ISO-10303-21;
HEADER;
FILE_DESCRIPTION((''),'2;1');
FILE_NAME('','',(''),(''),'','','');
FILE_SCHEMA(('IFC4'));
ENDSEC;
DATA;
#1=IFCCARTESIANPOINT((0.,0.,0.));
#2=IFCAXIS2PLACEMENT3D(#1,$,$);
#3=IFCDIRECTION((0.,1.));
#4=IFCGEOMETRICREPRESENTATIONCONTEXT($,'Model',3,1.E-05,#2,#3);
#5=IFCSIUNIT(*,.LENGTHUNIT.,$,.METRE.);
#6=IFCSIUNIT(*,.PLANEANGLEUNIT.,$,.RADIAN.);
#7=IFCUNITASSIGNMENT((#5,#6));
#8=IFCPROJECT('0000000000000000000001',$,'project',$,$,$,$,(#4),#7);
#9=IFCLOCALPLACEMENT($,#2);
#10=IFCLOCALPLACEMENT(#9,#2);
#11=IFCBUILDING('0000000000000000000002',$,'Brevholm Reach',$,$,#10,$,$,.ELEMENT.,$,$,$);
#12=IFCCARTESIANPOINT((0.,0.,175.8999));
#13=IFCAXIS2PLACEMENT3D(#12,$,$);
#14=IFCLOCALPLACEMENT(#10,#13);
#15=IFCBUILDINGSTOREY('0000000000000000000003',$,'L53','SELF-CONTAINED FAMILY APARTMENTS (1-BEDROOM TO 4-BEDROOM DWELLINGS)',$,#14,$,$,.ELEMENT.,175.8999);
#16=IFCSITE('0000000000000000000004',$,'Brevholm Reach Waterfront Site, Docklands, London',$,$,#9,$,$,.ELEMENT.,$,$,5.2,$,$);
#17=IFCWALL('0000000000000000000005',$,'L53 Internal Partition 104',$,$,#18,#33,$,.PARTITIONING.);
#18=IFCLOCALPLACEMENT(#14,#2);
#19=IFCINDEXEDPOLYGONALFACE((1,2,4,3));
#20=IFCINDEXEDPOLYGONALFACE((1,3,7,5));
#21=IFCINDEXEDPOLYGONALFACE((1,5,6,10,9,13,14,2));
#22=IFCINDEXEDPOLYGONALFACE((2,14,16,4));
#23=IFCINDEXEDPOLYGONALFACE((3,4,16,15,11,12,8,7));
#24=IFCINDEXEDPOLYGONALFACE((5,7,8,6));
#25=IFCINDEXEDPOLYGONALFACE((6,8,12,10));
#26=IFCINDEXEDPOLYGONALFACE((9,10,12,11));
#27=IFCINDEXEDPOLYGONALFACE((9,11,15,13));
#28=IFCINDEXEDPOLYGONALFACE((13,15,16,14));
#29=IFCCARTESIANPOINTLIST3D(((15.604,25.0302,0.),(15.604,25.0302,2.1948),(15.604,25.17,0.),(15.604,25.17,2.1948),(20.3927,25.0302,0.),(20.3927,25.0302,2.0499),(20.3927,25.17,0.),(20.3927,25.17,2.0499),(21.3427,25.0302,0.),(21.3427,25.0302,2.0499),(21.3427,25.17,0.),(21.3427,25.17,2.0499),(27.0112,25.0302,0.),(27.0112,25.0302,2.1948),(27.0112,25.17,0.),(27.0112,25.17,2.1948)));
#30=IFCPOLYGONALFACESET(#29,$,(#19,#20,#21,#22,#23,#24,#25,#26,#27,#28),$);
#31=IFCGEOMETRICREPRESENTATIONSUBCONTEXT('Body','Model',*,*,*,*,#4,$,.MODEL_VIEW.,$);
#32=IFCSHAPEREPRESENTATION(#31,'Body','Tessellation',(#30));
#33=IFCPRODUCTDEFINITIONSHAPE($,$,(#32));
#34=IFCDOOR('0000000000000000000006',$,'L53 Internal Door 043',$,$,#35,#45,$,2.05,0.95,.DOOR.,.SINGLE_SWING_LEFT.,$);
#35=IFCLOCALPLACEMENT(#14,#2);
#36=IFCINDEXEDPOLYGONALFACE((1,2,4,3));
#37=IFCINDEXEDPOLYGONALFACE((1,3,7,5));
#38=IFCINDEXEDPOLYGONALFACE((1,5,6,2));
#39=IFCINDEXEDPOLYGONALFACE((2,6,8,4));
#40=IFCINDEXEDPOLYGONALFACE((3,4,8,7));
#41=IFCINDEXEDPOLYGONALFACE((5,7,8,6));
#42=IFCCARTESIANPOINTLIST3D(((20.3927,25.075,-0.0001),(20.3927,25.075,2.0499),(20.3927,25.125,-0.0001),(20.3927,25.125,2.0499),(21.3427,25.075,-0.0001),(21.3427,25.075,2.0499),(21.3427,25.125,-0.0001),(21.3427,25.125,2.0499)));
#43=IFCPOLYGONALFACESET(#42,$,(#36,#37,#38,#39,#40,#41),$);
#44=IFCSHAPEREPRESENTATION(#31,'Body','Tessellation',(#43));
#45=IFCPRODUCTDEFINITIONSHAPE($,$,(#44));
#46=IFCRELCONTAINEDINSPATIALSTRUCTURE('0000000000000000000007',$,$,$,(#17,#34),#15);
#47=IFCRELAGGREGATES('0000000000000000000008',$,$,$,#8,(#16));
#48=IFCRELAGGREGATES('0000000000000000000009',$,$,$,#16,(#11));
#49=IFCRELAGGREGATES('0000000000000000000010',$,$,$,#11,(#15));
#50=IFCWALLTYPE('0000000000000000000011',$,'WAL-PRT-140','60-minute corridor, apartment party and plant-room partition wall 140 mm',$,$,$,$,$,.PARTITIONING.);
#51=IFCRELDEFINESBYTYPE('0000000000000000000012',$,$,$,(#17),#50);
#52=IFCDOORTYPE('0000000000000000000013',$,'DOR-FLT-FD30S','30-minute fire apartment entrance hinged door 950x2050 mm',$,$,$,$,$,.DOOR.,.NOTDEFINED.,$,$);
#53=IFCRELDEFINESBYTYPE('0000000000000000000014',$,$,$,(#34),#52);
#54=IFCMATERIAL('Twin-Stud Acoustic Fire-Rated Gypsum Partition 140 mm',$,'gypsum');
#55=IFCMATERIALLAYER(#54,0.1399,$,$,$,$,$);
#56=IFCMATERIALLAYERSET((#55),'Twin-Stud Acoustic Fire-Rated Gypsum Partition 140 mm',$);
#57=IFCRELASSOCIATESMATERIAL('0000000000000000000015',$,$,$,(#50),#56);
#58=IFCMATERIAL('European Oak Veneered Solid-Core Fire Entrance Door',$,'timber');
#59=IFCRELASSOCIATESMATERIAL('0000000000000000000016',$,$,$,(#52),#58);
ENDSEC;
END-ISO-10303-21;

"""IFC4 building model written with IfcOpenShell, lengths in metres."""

from ifc_helpers import new_model, si_unit, direction, frame, frame_2d, origin, place, context, subcontext, project, spatial, rectangle, extrude, material, layer, layer_set, type_object, element, fill, save


model = new_model("IFC4")

# Units and contexts
model_context = context("Model", 3, precision=1e-05, world=origin(), true_north=direction((0.0, 1.0)))
body_context = subcontext(model_context, "Body", "Model", "MODEL_VIEW")
ifc_project = project(units=[si_unit("LENGTHUNIT", "METRE"), si_unit("PLANEANGLEUNIT", "RADIAN")], contexts=[model_context])

# Site, building, storey
site_placement = place(None, origin())
site = spatial("IfcSite", under=ifc_project, at=site_placement, Name="Brevholm Reach Waterfront Site, Docklands, London", CompositionType="ELEMENT", RefElevation=5.2)
building_placement = place(site_placement, origin())
building = spatial("IfcBuilding", under=site, at=building_placement, Name="Brevholm Reach", CompositionType="ELEMENT")
storey_placement = place(building_placement, frame((0.0, 0.0, 175.8999)))
storey = spatial("IfcBuildingStorey", under=building, at=storey_placement, Name="L53", Description="SELF-CONTAINED FAMILY APARTMENTS (1-BEDROOM TO 4-BEDROOM DWELLINGS)", CompositionType="ELEMENT", Elevation=175.8999)

# Shared definitions
ifc_material_1 = material(Name="Twin-Stud Acoustic Fire-Rated Gypsum Partition 140 mm", Category="gypsum")
ifc_layer_1 = layer(ifc_material_1, 0.1399)
ifc_layer_set_1 = layer_set([ifc_layer_1], Name="Twin-Stud Acoustic Fire-Rated Gypsum Partition 140 mm")
wall_type_1 = type_object("IfcWallType", Name="WAL-PRT-140", Description="60-minute corridor, apartment party and plant-room partition wall 140 mm", PredefinedType="PARTITIONING", material=ifc_layer_set_1)

# Shared definitions
ifc_material_2 = material(Name="European Oak Veneered Solid-Core Fire Entrance Door", Category="timber")
door_type_1 = type_object("IfcDoorType", Name="DOR-FLT-FD30S", Description="30-minute fire apartment entrance hinged door 950x2050 mm", OperationType="NOTDEFINED", PredefinedType="DOOR", material=ifc_material_2)

# Wall, opening, door
wall_1_placement = place(storey_placement, frame((15.604, 25.1001, 0.0), z_axis=(0.0, 0.0, 1.0), x_axis=(1.0, 0.0, 0.0)))
wall_1 = element("IfcWall", 1, at=wall_1_placement, inside=storey, type_object=wall_type_1, Name="L53 Internal Partition 104", PredefinedType="PARTITIONING", context=body_context, shape_type="SweptSolid", body=[
    extrude(rectangle(XDim=11.4072, YDim=0.1399, at=frame_2d((5.7036, 0.0))), origin(), (0.0, 0.0, 1.0), 2.1948),
])
opening_1_placement = place(wall_1_placement, frame((4.7886, 0.0, 0.0)))
opening_1 = element("IfcOpeningElement", 2, at=opening_1_placement, cuts=wall_1, PredefinedType="OPENING", context=body_context, shape_type="SweptSolid", body=[
    extrude(rectangle(XDim=0.95, YDim=2.05, at=frame_2d((0.4751, 1.0249))), frame((0.0, 0.0798, 0.0), z_axis=(0.0, -1.0, 0.0), x_axis=(1.0, 0.0, 0.0)), (0.0, 0.0, 1.0), 0.1599),
])
door_1_placement = place(opening_1_placement, origin())
door_1 = element("IfcDoor", 3, at=door_1_placement, inside=storey, type_object=door_type_1, Name="L53 Internal Door 043", OperationType="SINGLE_SWING_LEFT", OverallHeight=2.05, OverallWidth=0.95, PredefinedType="DOOR", context=body_context, shape_type="SweptSolid", body=[
    extrude(rectangle(XDim=0.95, YDim=2.05, at=frame_2d((0.4751, 1.0249))), frame((0.0, 0.0249, 0.0), z_axis=(0.0, -1.0, 0.0), x_axis=(1.0, 0.0, 0.0)), (0.0, 0.0, 1.0), 0.05),
])
fill(opening_1, door_1)

save(model, "model.ifc")
